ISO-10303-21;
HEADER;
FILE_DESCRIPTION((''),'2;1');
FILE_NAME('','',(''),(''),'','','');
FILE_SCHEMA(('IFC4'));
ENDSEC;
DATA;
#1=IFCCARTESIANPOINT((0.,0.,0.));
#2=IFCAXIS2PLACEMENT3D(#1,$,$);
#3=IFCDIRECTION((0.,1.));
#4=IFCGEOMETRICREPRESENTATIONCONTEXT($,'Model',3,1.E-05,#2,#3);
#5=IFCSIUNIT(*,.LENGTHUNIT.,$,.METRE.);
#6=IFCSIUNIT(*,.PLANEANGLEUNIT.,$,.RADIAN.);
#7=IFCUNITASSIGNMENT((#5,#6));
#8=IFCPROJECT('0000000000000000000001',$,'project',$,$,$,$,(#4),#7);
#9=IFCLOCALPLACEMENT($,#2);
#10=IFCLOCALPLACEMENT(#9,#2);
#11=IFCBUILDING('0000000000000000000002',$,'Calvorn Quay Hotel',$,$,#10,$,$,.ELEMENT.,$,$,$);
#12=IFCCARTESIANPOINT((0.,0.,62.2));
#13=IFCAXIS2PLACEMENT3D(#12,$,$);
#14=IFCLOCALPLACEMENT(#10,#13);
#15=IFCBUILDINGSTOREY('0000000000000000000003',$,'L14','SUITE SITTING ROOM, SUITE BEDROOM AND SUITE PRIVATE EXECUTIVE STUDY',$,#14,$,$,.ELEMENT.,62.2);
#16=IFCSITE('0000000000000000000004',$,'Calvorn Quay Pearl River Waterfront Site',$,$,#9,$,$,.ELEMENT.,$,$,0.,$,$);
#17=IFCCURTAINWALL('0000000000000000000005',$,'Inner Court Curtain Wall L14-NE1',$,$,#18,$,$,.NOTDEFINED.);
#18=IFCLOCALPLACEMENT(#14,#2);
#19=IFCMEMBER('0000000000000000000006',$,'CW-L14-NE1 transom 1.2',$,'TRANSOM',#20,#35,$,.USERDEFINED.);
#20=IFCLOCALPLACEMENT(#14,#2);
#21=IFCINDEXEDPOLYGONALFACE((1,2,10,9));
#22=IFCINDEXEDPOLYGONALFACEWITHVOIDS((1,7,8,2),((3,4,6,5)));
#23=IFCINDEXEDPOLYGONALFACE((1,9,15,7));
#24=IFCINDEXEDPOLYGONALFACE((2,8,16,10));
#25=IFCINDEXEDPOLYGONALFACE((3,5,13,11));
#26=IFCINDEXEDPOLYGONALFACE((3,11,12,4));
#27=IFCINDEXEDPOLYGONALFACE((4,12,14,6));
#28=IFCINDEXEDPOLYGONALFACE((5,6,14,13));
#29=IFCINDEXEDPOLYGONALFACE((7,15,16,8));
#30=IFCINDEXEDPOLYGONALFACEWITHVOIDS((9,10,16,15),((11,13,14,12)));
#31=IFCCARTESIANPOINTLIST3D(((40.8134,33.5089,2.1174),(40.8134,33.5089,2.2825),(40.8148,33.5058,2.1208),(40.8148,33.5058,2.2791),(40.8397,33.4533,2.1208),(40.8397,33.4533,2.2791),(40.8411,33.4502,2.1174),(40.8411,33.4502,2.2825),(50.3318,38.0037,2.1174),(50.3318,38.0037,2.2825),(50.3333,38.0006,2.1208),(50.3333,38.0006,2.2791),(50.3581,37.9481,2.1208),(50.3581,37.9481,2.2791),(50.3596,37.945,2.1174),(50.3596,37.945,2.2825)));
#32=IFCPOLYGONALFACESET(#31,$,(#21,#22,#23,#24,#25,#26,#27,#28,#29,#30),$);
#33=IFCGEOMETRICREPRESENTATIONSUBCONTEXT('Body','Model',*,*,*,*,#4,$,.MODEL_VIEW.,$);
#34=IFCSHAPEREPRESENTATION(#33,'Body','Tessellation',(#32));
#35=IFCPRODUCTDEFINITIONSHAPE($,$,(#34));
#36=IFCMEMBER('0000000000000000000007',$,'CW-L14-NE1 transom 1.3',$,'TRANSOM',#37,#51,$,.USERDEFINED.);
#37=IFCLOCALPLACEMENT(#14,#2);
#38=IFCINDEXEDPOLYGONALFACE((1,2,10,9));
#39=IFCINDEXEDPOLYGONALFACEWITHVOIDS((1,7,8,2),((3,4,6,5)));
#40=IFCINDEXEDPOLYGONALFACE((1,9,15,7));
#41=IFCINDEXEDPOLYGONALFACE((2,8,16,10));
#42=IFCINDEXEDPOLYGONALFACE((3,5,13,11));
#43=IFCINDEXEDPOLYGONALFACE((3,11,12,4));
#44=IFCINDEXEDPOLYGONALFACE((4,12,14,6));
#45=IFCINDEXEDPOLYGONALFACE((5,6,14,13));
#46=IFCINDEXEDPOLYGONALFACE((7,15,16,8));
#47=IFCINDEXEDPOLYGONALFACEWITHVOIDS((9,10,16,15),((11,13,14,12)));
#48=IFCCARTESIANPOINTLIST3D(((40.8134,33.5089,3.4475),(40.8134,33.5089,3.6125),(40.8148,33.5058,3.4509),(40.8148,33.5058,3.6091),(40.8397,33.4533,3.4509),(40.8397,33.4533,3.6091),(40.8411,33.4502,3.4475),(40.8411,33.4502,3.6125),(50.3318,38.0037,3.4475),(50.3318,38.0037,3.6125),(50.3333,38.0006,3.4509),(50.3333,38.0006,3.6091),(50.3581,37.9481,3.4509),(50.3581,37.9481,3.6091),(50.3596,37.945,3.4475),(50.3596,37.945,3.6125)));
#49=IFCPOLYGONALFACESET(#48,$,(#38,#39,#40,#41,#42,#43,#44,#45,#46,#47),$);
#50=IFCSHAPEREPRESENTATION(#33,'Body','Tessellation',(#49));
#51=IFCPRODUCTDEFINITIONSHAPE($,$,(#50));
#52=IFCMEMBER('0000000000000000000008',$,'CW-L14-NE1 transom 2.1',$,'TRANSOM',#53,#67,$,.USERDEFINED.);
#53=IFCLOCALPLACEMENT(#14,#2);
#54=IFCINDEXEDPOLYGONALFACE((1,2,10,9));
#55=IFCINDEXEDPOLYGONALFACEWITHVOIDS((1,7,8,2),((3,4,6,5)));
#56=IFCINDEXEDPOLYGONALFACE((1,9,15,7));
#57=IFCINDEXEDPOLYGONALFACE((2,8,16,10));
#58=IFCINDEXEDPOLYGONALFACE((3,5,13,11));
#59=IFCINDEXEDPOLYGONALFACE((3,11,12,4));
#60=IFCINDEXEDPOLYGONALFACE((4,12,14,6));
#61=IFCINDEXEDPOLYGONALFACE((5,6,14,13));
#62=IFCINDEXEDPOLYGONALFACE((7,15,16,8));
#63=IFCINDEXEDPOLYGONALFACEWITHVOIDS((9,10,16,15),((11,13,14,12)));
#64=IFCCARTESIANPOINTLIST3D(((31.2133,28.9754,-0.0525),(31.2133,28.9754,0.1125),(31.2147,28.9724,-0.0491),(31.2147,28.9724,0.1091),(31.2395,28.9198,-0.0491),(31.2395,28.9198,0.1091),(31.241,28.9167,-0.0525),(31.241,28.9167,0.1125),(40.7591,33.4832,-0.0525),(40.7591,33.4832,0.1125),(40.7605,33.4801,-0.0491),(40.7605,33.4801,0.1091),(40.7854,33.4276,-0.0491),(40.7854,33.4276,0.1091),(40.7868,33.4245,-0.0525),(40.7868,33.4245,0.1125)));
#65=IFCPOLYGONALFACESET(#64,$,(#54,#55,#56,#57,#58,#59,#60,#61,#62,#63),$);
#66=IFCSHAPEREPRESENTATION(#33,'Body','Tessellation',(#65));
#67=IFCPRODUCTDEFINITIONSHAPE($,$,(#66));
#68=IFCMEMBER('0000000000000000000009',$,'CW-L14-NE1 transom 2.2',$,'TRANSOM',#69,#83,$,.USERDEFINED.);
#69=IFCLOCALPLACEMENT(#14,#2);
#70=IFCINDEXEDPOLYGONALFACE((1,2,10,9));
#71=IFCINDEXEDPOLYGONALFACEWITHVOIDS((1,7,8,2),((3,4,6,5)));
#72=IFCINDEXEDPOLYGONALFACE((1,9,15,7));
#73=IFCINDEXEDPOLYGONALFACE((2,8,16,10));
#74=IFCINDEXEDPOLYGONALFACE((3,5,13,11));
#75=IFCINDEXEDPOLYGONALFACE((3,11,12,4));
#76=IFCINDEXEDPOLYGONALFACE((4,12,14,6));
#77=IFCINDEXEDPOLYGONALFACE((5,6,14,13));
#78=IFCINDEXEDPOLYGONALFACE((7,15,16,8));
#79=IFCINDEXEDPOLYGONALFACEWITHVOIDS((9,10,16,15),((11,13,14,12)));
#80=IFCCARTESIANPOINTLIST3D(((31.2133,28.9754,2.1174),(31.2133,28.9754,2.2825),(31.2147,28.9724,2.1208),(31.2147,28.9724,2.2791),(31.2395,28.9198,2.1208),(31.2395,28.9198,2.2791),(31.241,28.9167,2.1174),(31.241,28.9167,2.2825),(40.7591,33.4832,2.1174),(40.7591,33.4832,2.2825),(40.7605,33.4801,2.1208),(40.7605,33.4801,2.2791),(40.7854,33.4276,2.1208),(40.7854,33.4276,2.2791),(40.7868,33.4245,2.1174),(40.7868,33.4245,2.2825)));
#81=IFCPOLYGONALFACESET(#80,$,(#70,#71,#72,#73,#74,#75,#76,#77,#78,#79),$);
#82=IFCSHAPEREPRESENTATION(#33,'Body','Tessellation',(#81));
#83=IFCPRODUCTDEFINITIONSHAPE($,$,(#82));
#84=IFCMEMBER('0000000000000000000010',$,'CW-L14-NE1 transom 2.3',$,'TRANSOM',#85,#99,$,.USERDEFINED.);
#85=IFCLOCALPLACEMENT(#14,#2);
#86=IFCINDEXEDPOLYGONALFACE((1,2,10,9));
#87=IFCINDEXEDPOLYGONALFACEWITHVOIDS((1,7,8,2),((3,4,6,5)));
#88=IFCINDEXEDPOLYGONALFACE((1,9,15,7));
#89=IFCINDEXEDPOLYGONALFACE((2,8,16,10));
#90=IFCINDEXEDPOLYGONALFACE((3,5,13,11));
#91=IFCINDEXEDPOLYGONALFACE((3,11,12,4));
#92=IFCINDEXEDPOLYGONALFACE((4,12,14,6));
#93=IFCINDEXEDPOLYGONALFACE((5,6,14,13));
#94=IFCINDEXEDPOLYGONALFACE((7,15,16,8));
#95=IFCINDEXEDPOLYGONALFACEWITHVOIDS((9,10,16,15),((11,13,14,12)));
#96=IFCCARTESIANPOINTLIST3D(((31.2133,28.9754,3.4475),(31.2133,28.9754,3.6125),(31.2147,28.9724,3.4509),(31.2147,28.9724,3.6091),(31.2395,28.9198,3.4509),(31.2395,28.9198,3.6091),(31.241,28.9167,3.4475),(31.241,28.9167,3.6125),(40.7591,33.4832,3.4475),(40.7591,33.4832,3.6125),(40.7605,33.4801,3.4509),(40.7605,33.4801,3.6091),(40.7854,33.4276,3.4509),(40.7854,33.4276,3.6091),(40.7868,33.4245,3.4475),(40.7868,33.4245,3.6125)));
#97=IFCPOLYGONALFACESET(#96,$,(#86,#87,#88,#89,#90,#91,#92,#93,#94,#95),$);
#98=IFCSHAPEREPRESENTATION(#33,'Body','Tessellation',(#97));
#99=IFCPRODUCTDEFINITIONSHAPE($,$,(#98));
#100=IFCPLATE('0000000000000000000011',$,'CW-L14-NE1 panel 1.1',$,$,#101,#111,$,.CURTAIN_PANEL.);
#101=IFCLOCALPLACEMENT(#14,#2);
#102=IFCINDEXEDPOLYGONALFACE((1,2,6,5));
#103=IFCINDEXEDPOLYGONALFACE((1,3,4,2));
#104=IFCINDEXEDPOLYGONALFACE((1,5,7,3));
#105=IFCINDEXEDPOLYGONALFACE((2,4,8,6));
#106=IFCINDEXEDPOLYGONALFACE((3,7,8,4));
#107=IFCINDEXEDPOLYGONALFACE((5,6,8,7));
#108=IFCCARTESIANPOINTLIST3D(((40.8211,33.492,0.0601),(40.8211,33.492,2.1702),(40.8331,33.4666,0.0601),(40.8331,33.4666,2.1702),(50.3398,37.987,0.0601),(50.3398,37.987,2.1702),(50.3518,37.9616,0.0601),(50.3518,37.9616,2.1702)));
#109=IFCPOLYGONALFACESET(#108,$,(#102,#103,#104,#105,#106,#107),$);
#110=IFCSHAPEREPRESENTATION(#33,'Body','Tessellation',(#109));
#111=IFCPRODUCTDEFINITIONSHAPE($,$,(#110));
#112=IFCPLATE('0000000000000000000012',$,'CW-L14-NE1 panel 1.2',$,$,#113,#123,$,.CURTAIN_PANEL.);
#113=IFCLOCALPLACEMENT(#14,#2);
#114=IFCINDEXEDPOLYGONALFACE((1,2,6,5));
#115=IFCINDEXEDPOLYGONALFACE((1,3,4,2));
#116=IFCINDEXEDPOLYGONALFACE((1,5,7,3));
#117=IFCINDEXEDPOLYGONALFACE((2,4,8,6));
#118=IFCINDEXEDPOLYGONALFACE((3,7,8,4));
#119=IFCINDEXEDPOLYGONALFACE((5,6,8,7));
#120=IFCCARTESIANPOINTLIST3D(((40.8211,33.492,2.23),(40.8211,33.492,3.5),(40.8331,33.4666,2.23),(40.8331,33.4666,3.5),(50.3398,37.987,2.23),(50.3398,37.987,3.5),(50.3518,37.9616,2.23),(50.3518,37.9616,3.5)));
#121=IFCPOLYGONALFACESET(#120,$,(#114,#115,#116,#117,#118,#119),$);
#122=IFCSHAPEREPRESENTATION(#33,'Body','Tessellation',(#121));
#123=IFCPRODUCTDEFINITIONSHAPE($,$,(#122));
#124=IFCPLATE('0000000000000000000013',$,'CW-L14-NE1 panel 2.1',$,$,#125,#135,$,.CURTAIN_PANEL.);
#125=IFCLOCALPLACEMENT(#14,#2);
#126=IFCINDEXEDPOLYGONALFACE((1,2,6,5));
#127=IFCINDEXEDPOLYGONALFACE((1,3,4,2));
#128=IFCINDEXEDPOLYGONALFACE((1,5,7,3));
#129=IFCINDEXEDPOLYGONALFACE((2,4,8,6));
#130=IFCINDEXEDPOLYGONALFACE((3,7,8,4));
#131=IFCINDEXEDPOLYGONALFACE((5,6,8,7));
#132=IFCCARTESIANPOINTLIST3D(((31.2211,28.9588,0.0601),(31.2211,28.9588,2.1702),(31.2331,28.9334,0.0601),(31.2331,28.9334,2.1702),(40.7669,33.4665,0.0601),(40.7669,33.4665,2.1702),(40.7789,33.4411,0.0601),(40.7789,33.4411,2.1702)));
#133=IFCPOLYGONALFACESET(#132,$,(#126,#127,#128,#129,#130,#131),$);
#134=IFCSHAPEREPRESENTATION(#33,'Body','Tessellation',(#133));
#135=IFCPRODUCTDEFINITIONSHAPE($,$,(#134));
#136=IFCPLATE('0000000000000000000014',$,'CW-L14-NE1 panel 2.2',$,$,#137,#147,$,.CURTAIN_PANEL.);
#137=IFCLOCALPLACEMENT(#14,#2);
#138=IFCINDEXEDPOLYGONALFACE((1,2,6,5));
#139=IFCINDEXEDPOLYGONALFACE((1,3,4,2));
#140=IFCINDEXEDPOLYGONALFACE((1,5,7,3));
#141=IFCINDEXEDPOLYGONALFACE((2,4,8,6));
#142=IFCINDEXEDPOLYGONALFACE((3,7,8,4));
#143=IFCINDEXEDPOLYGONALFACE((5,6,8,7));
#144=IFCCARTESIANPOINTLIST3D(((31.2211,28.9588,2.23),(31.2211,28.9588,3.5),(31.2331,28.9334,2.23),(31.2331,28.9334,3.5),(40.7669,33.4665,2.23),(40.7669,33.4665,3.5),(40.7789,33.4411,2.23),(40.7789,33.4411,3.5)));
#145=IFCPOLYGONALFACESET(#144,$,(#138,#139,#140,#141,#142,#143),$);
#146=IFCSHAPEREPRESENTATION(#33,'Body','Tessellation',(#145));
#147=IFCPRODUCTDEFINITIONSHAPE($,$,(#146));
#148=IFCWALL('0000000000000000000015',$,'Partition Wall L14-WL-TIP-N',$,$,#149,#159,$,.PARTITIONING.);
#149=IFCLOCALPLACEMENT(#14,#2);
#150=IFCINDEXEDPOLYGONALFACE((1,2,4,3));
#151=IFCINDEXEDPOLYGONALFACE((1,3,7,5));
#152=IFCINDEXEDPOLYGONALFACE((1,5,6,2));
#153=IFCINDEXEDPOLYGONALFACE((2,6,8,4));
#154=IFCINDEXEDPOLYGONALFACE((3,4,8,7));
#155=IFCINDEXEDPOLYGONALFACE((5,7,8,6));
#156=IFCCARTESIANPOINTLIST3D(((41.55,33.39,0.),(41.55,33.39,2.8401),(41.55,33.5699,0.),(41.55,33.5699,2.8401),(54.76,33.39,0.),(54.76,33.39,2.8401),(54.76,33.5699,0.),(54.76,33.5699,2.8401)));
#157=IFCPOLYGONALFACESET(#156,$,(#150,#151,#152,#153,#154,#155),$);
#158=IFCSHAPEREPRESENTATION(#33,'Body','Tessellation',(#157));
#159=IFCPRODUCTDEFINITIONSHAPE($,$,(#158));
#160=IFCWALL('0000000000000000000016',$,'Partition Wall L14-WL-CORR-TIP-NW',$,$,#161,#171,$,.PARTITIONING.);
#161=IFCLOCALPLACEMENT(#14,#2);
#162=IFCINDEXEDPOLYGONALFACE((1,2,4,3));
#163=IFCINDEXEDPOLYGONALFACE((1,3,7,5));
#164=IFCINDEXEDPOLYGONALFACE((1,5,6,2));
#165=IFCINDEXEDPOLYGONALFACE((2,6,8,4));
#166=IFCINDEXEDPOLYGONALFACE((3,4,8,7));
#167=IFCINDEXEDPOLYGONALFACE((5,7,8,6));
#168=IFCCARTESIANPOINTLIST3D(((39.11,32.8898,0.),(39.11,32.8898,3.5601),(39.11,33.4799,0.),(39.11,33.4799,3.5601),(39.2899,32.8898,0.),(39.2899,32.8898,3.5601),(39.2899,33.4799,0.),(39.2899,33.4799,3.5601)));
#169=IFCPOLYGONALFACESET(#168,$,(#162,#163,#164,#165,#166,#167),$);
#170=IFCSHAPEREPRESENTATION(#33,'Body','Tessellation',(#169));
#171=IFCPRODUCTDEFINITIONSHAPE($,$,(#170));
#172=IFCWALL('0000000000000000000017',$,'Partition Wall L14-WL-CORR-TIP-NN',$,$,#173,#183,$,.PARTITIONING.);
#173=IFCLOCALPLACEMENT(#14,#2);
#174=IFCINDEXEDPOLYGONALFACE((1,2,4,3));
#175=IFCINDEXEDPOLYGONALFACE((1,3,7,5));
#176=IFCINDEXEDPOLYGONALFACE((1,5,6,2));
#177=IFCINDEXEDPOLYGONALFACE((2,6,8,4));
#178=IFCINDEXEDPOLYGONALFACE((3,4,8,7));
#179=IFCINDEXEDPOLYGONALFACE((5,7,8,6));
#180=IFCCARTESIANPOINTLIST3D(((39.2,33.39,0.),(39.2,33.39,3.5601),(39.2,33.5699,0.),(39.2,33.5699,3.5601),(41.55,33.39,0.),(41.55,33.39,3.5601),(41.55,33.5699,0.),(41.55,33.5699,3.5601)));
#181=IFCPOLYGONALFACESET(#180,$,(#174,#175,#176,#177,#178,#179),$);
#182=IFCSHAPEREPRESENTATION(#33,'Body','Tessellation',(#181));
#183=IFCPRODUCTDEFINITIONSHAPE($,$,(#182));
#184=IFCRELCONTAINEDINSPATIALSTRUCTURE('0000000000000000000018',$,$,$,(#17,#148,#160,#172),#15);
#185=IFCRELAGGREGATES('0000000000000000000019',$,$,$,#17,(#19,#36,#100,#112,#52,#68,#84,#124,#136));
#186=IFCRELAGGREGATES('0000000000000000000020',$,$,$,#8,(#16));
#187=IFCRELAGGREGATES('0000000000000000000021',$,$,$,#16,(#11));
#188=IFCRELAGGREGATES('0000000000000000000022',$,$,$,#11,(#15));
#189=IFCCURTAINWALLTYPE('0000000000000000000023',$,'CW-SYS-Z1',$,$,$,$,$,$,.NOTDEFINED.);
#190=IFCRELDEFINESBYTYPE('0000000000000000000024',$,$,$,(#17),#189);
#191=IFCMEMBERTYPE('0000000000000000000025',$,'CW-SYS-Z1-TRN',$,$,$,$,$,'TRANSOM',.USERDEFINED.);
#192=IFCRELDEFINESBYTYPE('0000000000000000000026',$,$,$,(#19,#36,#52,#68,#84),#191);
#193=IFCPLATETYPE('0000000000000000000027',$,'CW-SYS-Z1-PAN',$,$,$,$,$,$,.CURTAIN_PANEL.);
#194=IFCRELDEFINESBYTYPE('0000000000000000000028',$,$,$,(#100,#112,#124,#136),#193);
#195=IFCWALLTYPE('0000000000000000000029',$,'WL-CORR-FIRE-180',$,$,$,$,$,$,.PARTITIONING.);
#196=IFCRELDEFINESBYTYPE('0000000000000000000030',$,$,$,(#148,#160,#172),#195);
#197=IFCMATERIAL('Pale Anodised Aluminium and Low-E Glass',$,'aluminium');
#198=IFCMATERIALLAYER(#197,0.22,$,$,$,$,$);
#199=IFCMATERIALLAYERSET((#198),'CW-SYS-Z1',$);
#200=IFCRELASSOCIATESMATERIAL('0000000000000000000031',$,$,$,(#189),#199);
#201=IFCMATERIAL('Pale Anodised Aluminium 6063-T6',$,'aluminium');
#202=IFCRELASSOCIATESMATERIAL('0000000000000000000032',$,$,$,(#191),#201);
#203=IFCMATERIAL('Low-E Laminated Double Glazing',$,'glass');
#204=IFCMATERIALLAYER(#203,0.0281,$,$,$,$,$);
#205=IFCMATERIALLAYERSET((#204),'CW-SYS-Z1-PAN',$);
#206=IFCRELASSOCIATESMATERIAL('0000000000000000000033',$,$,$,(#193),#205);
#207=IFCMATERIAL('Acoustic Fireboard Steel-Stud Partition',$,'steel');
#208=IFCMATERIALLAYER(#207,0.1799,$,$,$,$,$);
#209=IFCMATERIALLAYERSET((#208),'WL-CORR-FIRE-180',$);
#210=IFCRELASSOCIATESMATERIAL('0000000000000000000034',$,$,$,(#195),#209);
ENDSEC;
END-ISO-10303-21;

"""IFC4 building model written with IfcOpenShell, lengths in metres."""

from ifc_helpers import new_model, si_unit, direction, frame, frame_2d, origin, origin_2d, place, context, subcontext, project, spatial, rectangle, hollow_rectangle, extrude, material, layer, layer_set, material_profile, profile_set, type_object, element, aggregate, save


model = new_model("IFC4")

# Units and contexts
model_context = context("Model", 3, precision=1e-05, world=origin(), true_north=direction((0.0, 1.0)))
body_context = subcontext(model_context, "Body", "Model", "MODEL_VIEW")
ifc_project = project(units=[si_unit("LENGTHUNIT", "METRE"), si_unit("PLANEANGLEUNIT", "RADIAN")], contexts=[model_context])

# Site, building, storey
site_placement = place(None, origin())
site = spatial("IfcSite", under=ifc_project, at=site_placement, Name="Calvorn Quay Pearl River Waterfront Site", CompositionType="ELEMENT", RefElevation=0.0)
building_placement = place(site_placement, origin())
building = spatial("IfcBuilding", under=site, at=building_placement, Name="Calvorn Quay Hotel", CompositionType="ELEMENT")
storey_placement = place(building_placement, frame((0.0, 0.0, 62.2)))
storey = spatial("IfcBuildingStorey", under=building, at=storey_placement, Name="L14", Description="SUITE SITTING ROOM, SUITE BEDROOM AND SUITE PRIVATE EXECUTIVE STUDY", CompositionType="ELEMENT", Elevation=62.2)

# Curtain wall, members, plates
ifc_material_1 = material(Name="Pale Anodised Aluminium and Low-E Glass", Category="aluminium")
ifc_layer_1 = layer(ifc_material_1, 0.22)
ifc_layer_set_1 = layer_set([ifc_layer_1], Name="CW-SYS-Z1")
curtain_wall_type = type_object("IfcCurtainWallType", Name="CW-SYS-Z1", PredefinedType="NOTDEFINED", material=ifc_layer_set_1)
curtain_wall_placement = place(storey_placement, origin())
curtain_wall = element("IfcCurtainWall", 1, at=curtain_wall_placement, inside=storey, type_object=curtain_wall_type, Name="Inner Court Curtain Wall L14-NE1", PredefinedType="NOTDEFINED")
ifc_material_2 = material(Name="Pale Anodised Aluminium 6063-T6", Category="aluminium")
ifc_material_profile_1 = material_profile(ifc_material_2, hollow_rectangle(XDim=0.0649, YDim=0.165, WallThickness=0.0034, at=origin_2d()), Name="ALU-T165x65x3.5")
ifc_profile_set_1 = profile_set([ifc_material_profile_1], Name="Pale Anodised Aluminium 6063-T6")
member_type_1 = type_object("IfcMemberType", Name="CW-SYS-Z1-TRN", ElementType="TRANSOM", PredefinedType="USERDEFINED", material=ifc_profile_set_1)
member_1_placement = place(storey_placement, frame((50.3457, 37.9744, 2.2), z_axis=(-0.904249, -0.427006, 0.0), x_axis=(0.427006, -0.904249, 0.0)))
member_1 = element("IfcMember", 2, at=member_1_placement, type_object=member_type_1, Name="CW-L14-NE1 transom 1.2", ObjectType="TRANSOM", PredefinedType="USERDEFINED", context=body_context, shape_type="SweptSolid", body=[
    extrude(hollow_rectangle(XDim=0.0649, YDim=0.165, WallThickness=0.0034, at=origin_2d()), origin(), (0.0, 0.0, 1.0), 10.5264),
])
member_2_placement = place(storey_placement, frame((50.3457, 37.9744, 3.53), z_axis=(-0.904249, -0.427006, 0.0), x_axis=(0.427006, -0.904249, 0.0)))
member_2 = element("IfcMember", 3, at=member_2_placement, type_object=member_type_1, Name="CW-L14-NE1 transom 1.3", ObjectType="TRANSOM", PredefinedType="USERDEFINED", context=body_context, shape_type="SweptSolid", body=[
    extrude(hollow_rectangle(XDim=0.0649, YDim=0.165, WallThickness=0.0034, at=origin_2d()), origin(), (0.0, 0.0, 1.0), 10.5264),
])
member_3_placement = place(storey_placement, frame((40.7729, 33.4539, 0.03), z_axis=(-0.904248, -0.427008, 0.0), x_axis=(0.427008, -0.904248, 0.0)))
member_3 = element("IfcMember", 4, at=member_3_placement, type_object=member_type_1, Name="CW-L14-NE1 transom 2.1", ObjectType="TRANSOM", PredefinedType="USERDEFINED", context=body_context, shape_type="SweptSolid", body=[
    extrude(hollow_rectangle(XDim=0.0649, YDim=0.165, WallThickness=0.0034, at=origin_2d()), origin(), (0.0, 0.0, 1.0), 10.5566),
])
member_4_placement = place(storey_placement, frame((40.7729, 33.4539, 2.2), z_axis=(-0.904248, -0.427008, 0.0), x_axis=(0.427008, -0.904248, 0.0)))
member_4 = element("IfcMember", 5, at=member_4_placement, type_object=member_type_1, Name="CW-L14-NE1 transom 2.2", ObjectType="TRANSOM", PredefinedType="USERDEFINED", context=body_context, shape_type="SweptSolid", body=[
    extrude(hollow_rectangle(XDim=0.0649, YDim=0.165, WallThickness=0.0034, at=origin_2d()), origin(), (0.0, 0.0, 1.0), 10.5566),
])
member_5_placement = place(storey_placement, frame((40.7729, 33.4539, 3.53), z_axis=(-0.904248, -0.427008, 0.0), x_axis=(0.427008, -0.904248, 0.0)))
member_5 = element("IfcMember", 6, at=member_5_placement, type_object=member_type_1, Name="CW-L14-NE1 transom 2.3", ObjectType="TRANSOM", PredefinedType="USERDEFINED", context=body_context, shape_type="SweptSolid", body=[
    extrude(hollow_rectangle(XDim=0.0649, YDim=0.165, WallThickness=0.0034, at=origin_2d()), origin(), (0.0, 0.0, 1.0), 10.5566),
])
ifc_material_3 = material(Name="Low-E Laminated Double Glazing", Category="glass")
ifc_layer_2 = layer(ifc_material_3, 0.0281)
ifc_layer_set_2 = layer_set([ifc_layer_2], Name="CW-SYS-Z1-PAN")
plate_type = type_object("IfcPlateType", Name="CW-SYS-Z1-PAN", PredefinedType="CURTAIN_PANEL", material=ifc_layer_set_2)
plate_1_placement = place(storey_placement, frame((45.5864, 35.7268, 0.0601), z_axis=(0.0, 0.0, 1.0), x_axis=(-0.904249, -0.427006, 0.0)))
plate_1 = element("IfcPlate", 7, at=plate_1_placement, type_object=plate_type, Name="CW-L14-NE1 panel 1.1", PredefinedType="CURTAIN_PANEL", context=body_context, shape_type="SweptSolid", body=[
    extrude(rectangle(XDim=10.5266, YDim=0.0281, at=origin_2d()), origin(), (0.0, 0.0, 1.0), 2.1101),
])
plate_2_placement = place(storey_placement, frame((45.5864, 35.7268, 2.23), z_axis=(0.0, 0.0, 1.0), x_axis=(-0.904249, -0.427006, 0.0)))
plate_2 = element("IfcPlate", 8, at=plate_2_placement, type_object=plate_type, Name="CW-L14-NE1 panel 1.2", PredefinedType="CURTAIN_PANEL", context=body_context, shape_type="SweptSolid", body=[
    extrude(rectangle(XDim=10.5266, YDim=0.0281, at=origin_2d()), origin(), (0.0, 0.0, 1.0), 1.27),
])
plate_3_placement = place(storey_placement, frame((36.0, 31.2, 0.0601), z_axis=(0.0, 0.0, 1.0), x_axis=(-0.904249, -0.427006, 0.0)))
plate_3 = element("IfcPlate", 9, at=plate_3_placement, type_object=plate_type, Name="CW-L14-NE1 panel 2.1", PredefinedType="CURTAIN_PANEL", context=body_context, shape_type="SweptSolid", body=[
    extrude(rectangle(XDim=10.5566, YDim=0.0281, at=origin_2d()), origin(), (0.0, 0.0, 1.0), 2.1101),
])
plate_4_placement = place(storey_placement, frame((36.0, 31.2, 2.23), z_axis=(0.0, 0.0, 1.0), x_axis=(-0.904249, -0.427006, 0.0)))
plate_4 = element("IfcPlate", 10, at=plate_4_placement, type_object=plate_type, Name="CW-L14-NE1 panel 2.2", PredefinedType="CURTAIN_PANEL", context=body_context, shape_type="SweptSolid", body=[
    extrude(rectangle(XDim=10.5566, YDim=0.0281, at=origin_2d()), origin(), (0.0, 0.0, 1.0), 1.27),
])
aggregate(curtain_wall, [member_1, member_2, plate_1, plate_2, member_3, member_4, member_5, plate_3, plate_4])

# Walls
ifc_material_4 = material(Name="Acoustic Fireboard Steel-Stud Partition", Category="steel")
ifc_layer_3 = layer(ifc_material_4, 0.1799)
ifc_layer_set_3 = layer_set([ifc_layer_3], Name="WL-CORR-FIRE-180")
wall_type_1 = type_object("IfcWallType", Name="WL-CORR-FIRE-180", PredefinedType="PARTITIONING", material=ifc_layer_set_3)
wall_1_placement = place(storey_placement, frame((41.55, 33.48, 0.0), z_axis=(0.0, 0.0, 1.0), x_axis=(1.0, 0.0, 0.0)))
element("IfcWall", 11, at=wall_1_placement, inside=storey, type_object=wall_type_1, Name="Partition Wall L14-WL-TIP-N", PredefinedType="PARTITIONING", context=body_context, shape_type="SweptSolid", body=[
    extrude(rectangle(XDim=13.21, YDim=0.1799, at=frame_2d((6.605, 0.0))), origin(), (0.0, 0.0, 1.0), 2.8401),
])
wall_2_placement = place(storey_placement, frame((39.2, 32.8899, 0.0), z_axis=(0.0, 0.0, 1.0), x_axis=(0.0, 1.0, 0.0)))
element("IfcWall", 12, at=wall_2_placement, inside=storey, type_object=wall_type_1, Name="Partition Wall L14-WL-CORR-TIP-NW", PredefinedType="PARTITIONING", context=body_context, shape_type="SweptSolid", body=[
    extrude(rectangle(XDim=0.5901, YDim=0.1799, at=frame_2d((0.2949, 0.0))), origin(), (0.0, 0.0, 1.0), 3.5601),
])
wall_3_placement = place(storey_placement, frame((39.2, 33.48, 0.0), z_axis=(0.0, 0.0, 1.0), x_axis=(1.0, 0.0, 0.0)))
element("IfcWall", 13, at=wall_3_placement, inside=storey, type_object=wall_type_1, Name="Partition Wall L14-WL-CORR-TIP-NN", PredefinedType="PARTITIONING", context=body_context, shape_type="SweptSolid", body=[
    extrude(rectangle(XDim=2.3501, YDim=0.1799, at=frame_2d((1.175, 0.0))), origin(), (0.0, 0.0, 1.0), 3.5601),
])

save(model, "model.ifc")
